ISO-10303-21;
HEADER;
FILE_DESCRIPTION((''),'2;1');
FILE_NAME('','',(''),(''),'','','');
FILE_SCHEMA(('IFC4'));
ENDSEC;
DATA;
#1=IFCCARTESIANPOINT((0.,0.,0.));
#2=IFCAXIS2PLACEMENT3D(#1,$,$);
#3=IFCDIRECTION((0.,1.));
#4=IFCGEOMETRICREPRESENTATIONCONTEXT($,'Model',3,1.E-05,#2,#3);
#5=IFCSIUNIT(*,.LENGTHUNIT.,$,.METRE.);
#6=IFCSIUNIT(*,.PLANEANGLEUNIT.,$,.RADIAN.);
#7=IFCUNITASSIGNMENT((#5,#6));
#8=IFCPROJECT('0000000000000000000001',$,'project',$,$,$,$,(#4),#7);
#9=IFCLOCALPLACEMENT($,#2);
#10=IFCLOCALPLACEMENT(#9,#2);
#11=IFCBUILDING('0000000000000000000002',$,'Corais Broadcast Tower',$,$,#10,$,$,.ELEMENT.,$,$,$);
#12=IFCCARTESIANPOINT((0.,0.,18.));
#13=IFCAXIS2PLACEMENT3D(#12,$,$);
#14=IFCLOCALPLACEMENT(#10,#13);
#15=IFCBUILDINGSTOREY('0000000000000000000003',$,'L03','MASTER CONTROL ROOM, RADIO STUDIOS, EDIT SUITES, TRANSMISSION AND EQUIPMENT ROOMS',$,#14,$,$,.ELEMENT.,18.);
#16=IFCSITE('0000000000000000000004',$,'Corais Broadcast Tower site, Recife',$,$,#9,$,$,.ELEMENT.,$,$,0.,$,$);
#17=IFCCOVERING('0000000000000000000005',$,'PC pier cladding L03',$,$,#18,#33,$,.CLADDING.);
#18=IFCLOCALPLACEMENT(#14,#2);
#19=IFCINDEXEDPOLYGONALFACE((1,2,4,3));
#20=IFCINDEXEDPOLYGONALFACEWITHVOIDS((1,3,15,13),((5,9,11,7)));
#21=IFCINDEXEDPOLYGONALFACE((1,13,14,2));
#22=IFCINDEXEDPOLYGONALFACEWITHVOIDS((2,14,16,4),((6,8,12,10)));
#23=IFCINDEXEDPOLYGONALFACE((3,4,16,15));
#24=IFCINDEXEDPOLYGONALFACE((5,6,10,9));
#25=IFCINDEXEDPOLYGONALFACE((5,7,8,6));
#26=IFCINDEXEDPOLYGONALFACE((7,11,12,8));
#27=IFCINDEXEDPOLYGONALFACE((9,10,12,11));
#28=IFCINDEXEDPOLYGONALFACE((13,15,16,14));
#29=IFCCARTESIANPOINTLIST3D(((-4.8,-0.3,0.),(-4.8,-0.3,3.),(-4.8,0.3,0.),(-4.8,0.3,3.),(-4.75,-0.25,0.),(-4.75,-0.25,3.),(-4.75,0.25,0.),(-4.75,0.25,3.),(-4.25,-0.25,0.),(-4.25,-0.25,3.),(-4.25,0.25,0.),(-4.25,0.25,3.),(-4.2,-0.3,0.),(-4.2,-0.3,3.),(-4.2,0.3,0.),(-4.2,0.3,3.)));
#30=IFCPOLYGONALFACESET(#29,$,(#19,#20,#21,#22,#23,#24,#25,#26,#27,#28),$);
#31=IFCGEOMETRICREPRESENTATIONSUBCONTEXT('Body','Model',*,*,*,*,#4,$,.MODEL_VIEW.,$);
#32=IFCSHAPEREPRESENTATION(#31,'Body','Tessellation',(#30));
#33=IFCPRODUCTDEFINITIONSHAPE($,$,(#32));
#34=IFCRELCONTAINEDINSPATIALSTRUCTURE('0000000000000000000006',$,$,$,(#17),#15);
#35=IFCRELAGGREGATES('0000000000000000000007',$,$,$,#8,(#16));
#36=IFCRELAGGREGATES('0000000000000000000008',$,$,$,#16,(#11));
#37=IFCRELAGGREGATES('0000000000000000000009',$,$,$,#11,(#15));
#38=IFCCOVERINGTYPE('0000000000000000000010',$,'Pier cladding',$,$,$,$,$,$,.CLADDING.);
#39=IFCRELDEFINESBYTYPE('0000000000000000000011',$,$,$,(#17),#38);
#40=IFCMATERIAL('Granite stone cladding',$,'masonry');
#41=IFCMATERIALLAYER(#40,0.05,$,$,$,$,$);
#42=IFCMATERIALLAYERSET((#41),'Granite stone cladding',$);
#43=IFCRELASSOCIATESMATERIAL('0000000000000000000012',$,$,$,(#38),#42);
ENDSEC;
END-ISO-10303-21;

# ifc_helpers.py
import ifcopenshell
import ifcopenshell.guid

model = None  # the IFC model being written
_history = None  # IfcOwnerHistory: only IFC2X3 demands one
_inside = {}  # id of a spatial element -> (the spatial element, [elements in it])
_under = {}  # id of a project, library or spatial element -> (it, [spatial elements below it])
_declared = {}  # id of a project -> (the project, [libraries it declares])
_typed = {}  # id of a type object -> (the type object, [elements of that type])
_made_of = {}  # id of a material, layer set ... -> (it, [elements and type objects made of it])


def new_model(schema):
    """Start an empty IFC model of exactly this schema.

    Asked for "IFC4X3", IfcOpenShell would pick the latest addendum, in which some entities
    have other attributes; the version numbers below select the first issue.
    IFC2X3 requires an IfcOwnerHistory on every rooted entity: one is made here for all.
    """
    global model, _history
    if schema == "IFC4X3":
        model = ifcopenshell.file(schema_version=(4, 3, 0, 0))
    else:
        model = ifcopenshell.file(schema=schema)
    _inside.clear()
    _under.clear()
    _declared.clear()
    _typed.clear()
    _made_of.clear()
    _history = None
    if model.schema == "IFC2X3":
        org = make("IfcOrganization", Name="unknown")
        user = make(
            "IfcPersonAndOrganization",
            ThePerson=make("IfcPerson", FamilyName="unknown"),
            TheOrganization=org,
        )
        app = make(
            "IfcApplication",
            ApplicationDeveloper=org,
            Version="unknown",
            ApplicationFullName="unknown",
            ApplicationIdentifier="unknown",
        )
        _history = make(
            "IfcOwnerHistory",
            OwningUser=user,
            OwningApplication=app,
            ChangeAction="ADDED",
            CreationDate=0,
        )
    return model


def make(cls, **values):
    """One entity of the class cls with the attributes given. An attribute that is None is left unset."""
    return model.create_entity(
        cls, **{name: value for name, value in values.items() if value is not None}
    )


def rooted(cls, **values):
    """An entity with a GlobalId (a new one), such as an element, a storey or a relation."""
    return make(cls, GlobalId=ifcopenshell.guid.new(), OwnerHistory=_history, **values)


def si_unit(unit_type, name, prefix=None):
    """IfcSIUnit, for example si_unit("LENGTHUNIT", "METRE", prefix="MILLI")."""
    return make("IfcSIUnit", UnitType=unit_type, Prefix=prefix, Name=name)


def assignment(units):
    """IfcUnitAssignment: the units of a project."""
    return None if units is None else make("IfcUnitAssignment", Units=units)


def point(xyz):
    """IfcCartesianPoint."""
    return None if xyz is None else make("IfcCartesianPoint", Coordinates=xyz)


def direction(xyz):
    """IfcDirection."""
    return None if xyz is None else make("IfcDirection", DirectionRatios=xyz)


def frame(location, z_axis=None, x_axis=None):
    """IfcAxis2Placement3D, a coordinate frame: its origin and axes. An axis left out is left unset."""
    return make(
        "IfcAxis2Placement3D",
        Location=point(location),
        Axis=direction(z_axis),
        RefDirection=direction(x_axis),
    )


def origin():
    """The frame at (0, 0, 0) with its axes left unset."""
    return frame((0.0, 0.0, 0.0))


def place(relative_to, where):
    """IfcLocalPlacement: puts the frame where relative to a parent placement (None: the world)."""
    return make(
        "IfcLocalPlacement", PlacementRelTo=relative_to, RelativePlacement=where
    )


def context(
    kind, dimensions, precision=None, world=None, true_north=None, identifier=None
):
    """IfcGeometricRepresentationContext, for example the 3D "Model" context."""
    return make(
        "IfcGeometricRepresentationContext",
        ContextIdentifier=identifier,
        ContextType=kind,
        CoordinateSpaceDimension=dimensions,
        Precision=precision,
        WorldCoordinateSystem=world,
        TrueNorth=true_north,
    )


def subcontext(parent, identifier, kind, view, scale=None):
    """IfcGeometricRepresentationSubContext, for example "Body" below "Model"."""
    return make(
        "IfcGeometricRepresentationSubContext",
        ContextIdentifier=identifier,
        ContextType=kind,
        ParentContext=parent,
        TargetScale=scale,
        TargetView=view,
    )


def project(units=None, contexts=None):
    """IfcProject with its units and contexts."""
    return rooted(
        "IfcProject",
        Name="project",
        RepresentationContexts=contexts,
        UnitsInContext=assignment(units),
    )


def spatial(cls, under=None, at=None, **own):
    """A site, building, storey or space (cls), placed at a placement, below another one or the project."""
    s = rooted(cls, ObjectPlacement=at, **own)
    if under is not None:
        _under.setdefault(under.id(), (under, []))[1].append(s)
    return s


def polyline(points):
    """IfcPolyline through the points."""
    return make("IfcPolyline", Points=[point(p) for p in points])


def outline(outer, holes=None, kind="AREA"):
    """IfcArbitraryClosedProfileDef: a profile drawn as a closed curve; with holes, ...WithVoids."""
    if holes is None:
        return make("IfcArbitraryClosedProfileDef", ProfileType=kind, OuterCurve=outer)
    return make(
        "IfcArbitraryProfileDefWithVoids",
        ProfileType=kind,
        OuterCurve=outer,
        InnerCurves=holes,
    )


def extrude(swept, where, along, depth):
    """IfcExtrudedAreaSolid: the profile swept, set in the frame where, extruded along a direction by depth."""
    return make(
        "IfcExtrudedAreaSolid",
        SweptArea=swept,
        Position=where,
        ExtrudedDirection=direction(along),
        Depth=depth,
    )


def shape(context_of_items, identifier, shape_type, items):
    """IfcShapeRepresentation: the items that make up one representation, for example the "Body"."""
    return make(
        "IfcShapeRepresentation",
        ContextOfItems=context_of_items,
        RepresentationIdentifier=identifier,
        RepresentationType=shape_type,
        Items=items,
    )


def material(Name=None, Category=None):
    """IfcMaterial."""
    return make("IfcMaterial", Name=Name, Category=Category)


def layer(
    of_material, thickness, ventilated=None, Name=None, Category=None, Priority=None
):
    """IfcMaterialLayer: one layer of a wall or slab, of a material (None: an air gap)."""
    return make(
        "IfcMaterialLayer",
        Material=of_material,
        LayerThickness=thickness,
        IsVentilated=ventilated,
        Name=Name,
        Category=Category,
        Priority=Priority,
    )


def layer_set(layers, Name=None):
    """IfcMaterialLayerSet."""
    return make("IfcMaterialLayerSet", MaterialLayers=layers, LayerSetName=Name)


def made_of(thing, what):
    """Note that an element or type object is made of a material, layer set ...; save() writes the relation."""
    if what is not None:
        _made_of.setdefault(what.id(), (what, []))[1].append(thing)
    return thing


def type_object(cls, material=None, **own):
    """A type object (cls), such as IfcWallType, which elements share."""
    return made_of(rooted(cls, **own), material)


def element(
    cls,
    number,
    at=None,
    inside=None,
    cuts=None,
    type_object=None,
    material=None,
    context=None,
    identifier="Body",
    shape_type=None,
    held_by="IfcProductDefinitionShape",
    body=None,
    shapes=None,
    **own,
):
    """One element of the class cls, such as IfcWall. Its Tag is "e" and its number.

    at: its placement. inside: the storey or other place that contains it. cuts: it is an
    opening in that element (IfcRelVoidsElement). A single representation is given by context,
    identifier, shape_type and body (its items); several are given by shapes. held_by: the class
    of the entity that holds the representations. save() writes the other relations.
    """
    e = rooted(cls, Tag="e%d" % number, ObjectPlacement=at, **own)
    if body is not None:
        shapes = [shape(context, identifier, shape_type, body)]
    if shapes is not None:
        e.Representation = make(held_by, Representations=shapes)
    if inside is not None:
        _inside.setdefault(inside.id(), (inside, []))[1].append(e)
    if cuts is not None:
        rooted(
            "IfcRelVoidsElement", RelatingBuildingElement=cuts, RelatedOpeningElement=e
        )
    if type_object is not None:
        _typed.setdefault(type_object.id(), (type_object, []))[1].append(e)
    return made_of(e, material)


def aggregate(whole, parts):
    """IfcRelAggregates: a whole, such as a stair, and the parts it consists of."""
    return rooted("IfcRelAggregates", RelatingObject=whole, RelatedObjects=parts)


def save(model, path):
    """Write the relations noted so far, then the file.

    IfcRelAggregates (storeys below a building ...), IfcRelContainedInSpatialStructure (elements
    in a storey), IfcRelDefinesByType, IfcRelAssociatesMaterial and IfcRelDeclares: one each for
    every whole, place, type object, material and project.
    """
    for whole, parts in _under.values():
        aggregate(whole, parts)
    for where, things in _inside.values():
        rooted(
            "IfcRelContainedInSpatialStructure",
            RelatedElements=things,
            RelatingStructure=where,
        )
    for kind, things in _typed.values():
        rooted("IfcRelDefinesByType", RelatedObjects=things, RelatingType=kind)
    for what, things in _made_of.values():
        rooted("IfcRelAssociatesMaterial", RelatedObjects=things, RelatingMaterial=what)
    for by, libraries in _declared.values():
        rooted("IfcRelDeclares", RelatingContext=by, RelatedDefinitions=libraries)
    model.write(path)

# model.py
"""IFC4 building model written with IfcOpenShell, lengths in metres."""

from ifc_helpers import new_model, si_unit, direction, frame, origin, place, context, subcontext, project, spatial, polyline, outline, extrude, material, layer, layer_set, type_object, element, save


model = new_model("IFC4")

# Units and contexts
model_context = context("Model", 3, precision=1e-05, world=origin(), true_north=direction((0.0, 1.0)))
body_context = subcontext(model_context, "Body", "Model", "MODEL_VIEW")
ifc_project = project(units=[si_unit("LENGTHUNIT", "METRE"), si_unit("PLANEANGLEUNIT", "RADIAN")], contexts=[model_context])

# Site, building, storey
site_placement = place(None, origin())
site = spatial("IfcSite", under=ifc_project, at=site_placement, Name="Corais Broadcast Tower site, Recife", CompositionType="ELEMENT", RefElevation=0.0)
building_placement = place(site_placement, origin())
building = spatial("IfcBuilding", under=site, at=building_placement, Name="Corais Broadcast Tower", CompositionType="ELEMENT")
storey_placement = place(building_placement, frame((0.0, 0.0, 18.0)))
storey = spatial("IfcBuildingStorey", under=building, at=storey_placement, Name="L03", Description="MASTER CONTROL ROOM, RADIO STUDIOS, EDIT SUITES, TRANSMISSION AND EQUIPMENT ROOMS", CompositionType="ELEMENT", Elevation=18.0)

# Covering
ifc_material = material(Name="Granite stone cladding", Category="masonry")
ifc_layer = layer(ifc_material, 0.05)
ifc_layer_set = layer_set([ifc_layer], Name="Granite stone cladding")
covering_type = type_object("IfcCoveringType", Name="Pier cladding", PredefinedType="CLADDING", material=ifc_layer_set)
covering_1_placement = place(storey_placement, origin())
element("IfcCovering", 1, at=covering_1_placement, inside=storey, type_object=covering_type, Name="PC pier cladding L03", PredefinedType="CLADDING", context=body_context, shape_type="SweptSolid", body=[
    extrude(outline(polyline([(-4.8, -0.3), (-4.2, -0.3), (-4.2, 0.3), (-4.8, 0.3), (-4.8, -0.3)]), holes=[polyline([(-4.75, -0.25), (-4.25, -0.25), (-4.25, 0.25), (-4.75, 0.25), (-4.75, -0.25)])]), origin(), (0.0, 0.0, 1.0), 3.0),
])

save(model, "model.ifc")
